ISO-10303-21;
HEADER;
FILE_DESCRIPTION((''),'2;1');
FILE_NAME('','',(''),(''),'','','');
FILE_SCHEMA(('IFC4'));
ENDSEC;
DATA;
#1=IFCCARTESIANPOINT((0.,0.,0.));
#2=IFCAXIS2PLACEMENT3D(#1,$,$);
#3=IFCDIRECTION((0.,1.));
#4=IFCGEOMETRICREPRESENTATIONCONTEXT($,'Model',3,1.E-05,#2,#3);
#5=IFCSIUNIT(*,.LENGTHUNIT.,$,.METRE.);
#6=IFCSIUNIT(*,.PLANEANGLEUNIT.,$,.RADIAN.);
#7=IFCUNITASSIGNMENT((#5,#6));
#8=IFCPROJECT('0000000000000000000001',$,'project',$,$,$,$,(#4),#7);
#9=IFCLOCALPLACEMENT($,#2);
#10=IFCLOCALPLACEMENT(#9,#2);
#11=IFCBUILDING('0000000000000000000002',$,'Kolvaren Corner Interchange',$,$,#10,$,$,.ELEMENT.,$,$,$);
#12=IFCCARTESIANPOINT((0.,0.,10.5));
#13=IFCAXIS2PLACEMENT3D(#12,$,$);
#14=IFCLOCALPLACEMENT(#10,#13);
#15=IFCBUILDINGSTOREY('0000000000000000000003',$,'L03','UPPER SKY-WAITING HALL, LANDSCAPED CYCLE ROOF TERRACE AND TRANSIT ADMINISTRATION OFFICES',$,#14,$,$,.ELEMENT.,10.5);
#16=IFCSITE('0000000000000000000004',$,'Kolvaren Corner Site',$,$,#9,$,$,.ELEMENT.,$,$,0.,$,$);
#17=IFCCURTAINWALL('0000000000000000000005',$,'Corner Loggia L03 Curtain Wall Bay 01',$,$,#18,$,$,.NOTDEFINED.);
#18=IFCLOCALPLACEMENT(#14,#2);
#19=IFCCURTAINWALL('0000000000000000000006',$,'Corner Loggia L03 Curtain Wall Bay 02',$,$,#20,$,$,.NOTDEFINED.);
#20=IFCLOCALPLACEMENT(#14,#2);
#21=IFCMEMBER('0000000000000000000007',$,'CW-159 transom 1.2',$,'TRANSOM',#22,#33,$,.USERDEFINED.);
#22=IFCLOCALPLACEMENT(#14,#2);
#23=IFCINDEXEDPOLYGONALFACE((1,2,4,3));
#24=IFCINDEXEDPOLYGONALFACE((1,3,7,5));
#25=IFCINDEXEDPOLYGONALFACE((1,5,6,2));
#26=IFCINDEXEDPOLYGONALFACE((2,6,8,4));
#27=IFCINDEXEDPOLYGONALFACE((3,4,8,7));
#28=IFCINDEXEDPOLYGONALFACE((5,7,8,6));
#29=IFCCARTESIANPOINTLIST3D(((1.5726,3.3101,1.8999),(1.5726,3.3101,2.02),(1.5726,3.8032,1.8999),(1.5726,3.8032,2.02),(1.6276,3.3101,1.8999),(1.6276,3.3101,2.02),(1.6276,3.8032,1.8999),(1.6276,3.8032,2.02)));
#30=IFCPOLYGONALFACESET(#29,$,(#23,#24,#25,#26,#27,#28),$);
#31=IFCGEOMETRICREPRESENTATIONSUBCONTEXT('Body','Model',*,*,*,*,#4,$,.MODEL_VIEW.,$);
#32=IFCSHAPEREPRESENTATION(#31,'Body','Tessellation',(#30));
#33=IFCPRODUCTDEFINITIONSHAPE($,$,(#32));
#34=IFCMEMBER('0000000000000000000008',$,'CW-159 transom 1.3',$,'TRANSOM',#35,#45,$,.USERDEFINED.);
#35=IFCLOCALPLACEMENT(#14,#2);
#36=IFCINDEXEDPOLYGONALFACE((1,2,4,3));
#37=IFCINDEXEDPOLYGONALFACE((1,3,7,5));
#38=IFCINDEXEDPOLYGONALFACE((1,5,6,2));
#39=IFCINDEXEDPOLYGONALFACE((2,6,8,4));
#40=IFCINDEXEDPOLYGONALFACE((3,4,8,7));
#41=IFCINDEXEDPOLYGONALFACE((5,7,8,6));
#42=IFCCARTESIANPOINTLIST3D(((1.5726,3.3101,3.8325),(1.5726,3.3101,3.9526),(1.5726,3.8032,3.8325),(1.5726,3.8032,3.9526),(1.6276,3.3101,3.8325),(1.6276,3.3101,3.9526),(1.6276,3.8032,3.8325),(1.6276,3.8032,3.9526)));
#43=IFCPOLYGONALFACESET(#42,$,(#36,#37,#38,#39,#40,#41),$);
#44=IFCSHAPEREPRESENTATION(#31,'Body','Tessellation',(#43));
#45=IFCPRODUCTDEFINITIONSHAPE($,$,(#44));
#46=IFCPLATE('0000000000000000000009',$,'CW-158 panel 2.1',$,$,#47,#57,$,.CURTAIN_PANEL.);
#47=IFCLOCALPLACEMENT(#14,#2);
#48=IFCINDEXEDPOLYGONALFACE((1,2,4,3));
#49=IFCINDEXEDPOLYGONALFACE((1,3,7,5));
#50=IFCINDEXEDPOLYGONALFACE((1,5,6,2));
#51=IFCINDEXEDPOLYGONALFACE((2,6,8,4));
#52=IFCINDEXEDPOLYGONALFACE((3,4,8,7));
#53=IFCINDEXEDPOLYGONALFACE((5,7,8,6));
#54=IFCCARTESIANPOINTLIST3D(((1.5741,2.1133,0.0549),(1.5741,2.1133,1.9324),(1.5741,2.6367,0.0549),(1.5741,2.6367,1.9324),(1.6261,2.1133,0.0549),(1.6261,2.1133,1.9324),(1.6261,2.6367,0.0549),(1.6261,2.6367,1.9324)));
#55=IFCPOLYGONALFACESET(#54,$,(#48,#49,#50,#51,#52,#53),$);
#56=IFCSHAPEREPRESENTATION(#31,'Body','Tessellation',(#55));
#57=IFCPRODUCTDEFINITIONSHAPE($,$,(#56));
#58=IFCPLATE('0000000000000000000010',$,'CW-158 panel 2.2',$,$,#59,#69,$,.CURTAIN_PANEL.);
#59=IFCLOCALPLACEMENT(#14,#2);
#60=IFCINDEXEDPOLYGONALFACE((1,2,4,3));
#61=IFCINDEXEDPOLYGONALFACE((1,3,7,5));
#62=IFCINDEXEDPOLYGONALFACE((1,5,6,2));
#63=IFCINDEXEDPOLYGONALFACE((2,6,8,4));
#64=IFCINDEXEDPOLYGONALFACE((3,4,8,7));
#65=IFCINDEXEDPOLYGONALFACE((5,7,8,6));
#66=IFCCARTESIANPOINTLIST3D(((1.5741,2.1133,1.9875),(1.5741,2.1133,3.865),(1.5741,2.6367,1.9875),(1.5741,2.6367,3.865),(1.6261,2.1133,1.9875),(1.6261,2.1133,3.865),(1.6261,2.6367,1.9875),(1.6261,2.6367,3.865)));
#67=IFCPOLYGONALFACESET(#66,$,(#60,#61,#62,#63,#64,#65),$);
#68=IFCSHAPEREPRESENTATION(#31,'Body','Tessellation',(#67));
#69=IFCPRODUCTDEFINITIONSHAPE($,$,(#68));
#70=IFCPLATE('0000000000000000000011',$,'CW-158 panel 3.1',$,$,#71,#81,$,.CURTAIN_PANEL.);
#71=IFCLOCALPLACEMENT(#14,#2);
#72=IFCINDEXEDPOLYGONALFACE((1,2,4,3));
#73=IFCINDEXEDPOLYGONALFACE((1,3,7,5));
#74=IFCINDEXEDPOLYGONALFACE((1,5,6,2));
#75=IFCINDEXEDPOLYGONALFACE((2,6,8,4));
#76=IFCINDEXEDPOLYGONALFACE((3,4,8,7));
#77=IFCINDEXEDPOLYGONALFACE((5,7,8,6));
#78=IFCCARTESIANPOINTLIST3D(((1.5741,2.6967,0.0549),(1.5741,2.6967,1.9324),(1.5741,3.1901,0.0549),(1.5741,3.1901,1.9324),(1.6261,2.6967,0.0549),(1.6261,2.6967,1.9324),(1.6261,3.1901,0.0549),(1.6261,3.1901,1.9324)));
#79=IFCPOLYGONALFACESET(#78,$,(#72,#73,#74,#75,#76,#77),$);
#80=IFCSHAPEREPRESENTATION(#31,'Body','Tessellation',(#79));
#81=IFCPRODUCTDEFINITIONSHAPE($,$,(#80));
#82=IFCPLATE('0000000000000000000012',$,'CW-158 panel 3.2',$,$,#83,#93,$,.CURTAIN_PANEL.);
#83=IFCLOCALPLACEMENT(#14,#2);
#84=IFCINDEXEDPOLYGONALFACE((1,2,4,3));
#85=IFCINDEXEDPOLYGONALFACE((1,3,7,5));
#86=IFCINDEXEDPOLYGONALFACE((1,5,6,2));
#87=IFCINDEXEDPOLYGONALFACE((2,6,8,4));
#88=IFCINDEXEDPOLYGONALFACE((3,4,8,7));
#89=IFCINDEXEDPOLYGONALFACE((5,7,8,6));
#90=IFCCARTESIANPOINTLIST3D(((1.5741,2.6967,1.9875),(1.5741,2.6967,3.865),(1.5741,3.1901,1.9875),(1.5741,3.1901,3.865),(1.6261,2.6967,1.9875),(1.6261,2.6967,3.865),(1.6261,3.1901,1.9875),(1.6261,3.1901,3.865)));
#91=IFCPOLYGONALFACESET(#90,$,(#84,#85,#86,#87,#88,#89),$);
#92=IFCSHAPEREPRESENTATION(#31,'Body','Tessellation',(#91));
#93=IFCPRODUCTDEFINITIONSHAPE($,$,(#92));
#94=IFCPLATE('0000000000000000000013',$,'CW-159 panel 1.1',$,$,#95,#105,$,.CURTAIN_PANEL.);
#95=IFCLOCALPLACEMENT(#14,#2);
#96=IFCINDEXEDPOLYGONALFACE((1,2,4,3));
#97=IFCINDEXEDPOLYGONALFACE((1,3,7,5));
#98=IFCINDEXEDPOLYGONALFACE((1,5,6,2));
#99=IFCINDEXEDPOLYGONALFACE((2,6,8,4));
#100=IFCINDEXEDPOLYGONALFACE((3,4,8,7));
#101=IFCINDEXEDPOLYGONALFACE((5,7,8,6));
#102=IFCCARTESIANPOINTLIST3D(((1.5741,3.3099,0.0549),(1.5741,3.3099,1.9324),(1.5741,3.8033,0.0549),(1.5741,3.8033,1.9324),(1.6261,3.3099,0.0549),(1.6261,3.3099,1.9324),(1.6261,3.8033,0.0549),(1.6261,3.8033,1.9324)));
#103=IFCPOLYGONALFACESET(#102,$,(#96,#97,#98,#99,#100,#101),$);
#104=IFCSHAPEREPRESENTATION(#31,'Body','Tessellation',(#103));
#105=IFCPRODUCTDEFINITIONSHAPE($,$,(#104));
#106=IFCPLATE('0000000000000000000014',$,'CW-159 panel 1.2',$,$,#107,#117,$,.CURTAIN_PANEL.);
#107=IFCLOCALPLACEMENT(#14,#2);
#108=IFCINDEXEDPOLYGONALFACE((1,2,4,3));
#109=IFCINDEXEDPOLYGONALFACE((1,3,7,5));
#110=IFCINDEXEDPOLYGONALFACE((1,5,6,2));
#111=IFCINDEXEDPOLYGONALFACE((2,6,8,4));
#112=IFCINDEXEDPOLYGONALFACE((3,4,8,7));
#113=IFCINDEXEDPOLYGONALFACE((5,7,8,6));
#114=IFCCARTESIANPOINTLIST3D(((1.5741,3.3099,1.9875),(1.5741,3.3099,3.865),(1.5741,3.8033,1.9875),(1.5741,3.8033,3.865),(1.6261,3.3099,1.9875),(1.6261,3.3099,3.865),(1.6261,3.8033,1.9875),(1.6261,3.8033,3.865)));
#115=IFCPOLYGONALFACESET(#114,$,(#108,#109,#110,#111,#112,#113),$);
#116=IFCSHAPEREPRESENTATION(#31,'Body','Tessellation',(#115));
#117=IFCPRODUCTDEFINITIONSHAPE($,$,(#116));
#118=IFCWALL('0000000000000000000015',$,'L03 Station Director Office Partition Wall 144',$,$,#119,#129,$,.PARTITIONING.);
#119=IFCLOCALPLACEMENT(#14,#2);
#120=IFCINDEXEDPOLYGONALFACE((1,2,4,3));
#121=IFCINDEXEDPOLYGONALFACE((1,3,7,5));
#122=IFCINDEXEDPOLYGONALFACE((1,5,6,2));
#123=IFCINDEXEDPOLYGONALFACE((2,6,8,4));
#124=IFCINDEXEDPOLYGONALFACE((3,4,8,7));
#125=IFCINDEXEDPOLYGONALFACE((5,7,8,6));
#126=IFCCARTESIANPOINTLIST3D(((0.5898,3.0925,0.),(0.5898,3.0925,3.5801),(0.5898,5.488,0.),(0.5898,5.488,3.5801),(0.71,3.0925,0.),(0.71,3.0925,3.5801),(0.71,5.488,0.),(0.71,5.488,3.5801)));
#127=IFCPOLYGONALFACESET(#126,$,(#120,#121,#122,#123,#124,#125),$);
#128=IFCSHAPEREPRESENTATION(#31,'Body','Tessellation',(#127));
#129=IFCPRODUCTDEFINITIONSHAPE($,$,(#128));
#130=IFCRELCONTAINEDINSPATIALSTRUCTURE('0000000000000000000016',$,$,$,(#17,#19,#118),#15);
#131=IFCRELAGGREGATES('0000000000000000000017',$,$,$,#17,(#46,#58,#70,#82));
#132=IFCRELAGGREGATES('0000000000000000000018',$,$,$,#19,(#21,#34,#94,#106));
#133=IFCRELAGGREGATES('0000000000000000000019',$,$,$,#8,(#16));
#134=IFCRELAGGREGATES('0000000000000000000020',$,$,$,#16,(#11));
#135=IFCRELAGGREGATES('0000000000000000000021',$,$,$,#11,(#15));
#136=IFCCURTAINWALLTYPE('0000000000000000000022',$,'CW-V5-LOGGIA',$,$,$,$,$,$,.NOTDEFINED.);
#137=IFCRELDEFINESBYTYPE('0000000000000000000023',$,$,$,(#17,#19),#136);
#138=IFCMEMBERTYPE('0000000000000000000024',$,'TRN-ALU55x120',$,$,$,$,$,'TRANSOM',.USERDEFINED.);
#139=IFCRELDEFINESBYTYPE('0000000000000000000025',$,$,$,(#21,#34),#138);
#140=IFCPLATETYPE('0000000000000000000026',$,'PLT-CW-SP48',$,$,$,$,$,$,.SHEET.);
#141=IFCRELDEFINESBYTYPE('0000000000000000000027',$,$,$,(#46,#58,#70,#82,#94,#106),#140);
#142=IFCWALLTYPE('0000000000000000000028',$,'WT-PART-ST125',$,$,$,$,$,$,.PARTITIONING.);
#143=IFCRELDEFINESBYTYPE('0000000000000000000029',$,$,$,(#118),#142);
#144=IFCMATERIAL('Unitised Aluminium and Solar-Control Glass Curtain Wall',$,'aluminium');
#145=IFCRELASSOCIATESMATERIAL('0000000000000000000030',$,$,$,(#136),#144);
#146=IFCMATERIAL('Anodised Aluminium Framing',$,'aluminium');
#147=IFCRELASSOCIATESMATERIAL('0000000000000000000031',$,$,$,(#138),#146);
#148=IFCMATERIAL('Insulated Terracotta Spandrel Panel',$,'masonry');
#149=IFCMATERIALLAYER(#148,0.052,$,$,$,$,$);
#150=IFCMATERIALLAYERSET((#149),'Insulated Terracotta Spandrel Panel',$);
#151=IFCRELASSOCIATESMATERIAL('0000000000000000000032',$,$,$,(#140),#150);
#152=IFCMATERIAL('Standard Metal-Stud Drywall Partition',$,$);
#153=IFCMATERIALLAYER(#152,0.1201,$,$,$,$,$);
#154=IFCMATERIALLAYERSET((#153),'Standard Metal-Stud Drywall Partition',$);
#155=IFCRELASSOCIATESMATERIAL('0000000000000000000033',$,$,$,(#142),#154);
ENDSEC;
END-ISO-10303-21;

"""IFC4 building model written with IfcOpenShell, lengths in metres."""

from ifc_helpers import new_model, si_unit, direction, frame, frame_2d, origin, origin_2d, place, context, subcontext, project, spatial, rectangle, extrude, material, layer, layer_set, material_profile, profile_set, type_object, element, aggregate, save


model = new_model("IFC4")

# Units and contexts
model_context = context("Model", 3, precision=1e-05, world=origin(), true_north=direction((0.0, 1.0)))
body_context = subcontext(model_context, "Body", "Model", "MODEL_VIEW")
ifc_project = project(units=[si_unit("LENGTHUNIT", "METRE"), si_unit("PLANEANGLEUNIT", "RADIAN")], contexts=[model_context])

# Site, building, storey
site_placement = place(None, origin())
site = spatial("IfcSite", under=ifc_project, at=site_placement, Name="Kolvaren Corner Site", CompositionType="ELEMENT", RefElevation=0.0)
building_placement = place(site_placement, origin())
building = spatial("IfcBuilding", under=site, at=building_placement, Name="Kolvaren Corner Interchange", CompositionType="ELEMENT")
storey_placement = place(building_placement, frame((0.0, 0.0, 10.5)))
storey = spatial("IfcBuildingStorey", under=building, at=storey_placement, Name="L03", Description="UPPER SKY-WAITING HALL, LANDSCAPED CYCLE ROOF TERRACE AND TRANSIT ADMINISTRATION OFFICES", CompositionType="ELEMENT", Elevation=10.5)

# Curtain wall
ifc_material_1 = material(Name="Unitised Aluminium and Solar-Control Glass Curtain Wall", Category="aluminium")
curtain_wall_type = type_object("IfcCurtainWallType", Name="CW-V5-LOGGIA", PredefinedType="NOTDEFINED", material=ifc_material_1)
curtain_wall_1_placement = place(storey_placement, origin())
curtain_wall_1 = element("IfcCurtainWall", 1, at=curtain_wall_1_placement, inside=storey, type_object=curtain_wall_type, Name="Corner Loggia L03 Curtain Wall Bay 01", PredefinedType="NOTDEFINED")

# Curtain wall
curtain_wall_2_placement = place(storey_placement, origin())
curtain_wall_2 = element("IfcCurtainWall", 2, at=curtain_wall_2_placement, inside=storey, type_object=curtain_wall_type, Name="Corner Loggia L03 Curtain Wall Bay 02", PredefinedType="NOTDEFINED")

# Members
ifc_material_2 = material(Name="Anodised Aluminium Framing", Category="aluminium")
ifc_material_profile_1 = material_profile(ifc_material_2, rectangle(XDim=0.0549, YDim=0.1201, at=origin_2d()), Name="ALU 55x120")
ifc_profile_set_1 = profile_set([ifc_material_profile_1], Name="Anodised Aluminium Framing")
member_type_1 = type_object("IfcMemberType", Name="TRN-ALU55x120", ElementType="TRANSOM", PredefinedType="USERDEFINED", material=ifc_profile_set_1)
member_1_placement = place(storey_placement, frame((1.6001, 3.3101, 1.96), z_axis=(0.0, 1.0, 0.0), x_axis=(-1.0, 0.0, 0.0)))
member_1 = element("IfcMember", 3, at=member_1_placement, type_object=member_type_1, Name="CW-159 transom 1.2", ObjectType="TRANSOM", PredefinedType="USERDEFINED", context=body_context, shape_type="SweptSolid", body=[
    extrude(rectangle(XDim=0.0549, YDim=0.1201, at=origin_2d()), origin(), (0.0, 0.0, 1.0), 0.4932),
])
member_2_placement = place(storey_placement, frame((1.6001, 3.3101, 3.8926), z_axis=(0.0, 1.0, 0.0), x_axis=(-1.0, 0.0, 0.0)))
member_2 = element("IfcMember", 4, at=member_2_placement, type_object=member_type_1, Name="CW-159 transom 1.3", ObjectType="TRANSOM", PredefinedType="USERDEFINED", context=body_context, shape_type="SweptSolid", body=[
    extrude(rectangle(XDim=0.0549, YDim=0.1201, at=origin_2d()), origin(), (0.0, 0.0, 1.0), 0.4932),
])

# Plates
ifc_material_3 = material(Name="Insulated Terracotta Spandrel Panel", Category="masonry")
ifc_layer_1 = layer(ifc_material_3, 0.052)
ifc_layer_set_1 = layer_set([ifc_layer_1], Name="Insulated Terracotta Spandrel Panel")
plate_type = type_object("IfcPlateType", Name="PLT-CW-SP48", PredefinedType="SHEET", material=ifc_layer_set_1)
plate_1_placement = place(storey_placement, frame((1.6001, 2.375, 0.0549), z_axis=(0.0, 0.0, 1.0), x_axis=(0.0, 1.0, 0.0)))
plate_1 = element("IfcPlate", 5, at=plate_1_placement, type_object=plate_type, Name="CW-158 panel 2.1", PredefinedType="CURTAIN_PANEL", context=body_context, shape_type="SweptSolid", body=[
    extrude(rectangle(XDim=0.5234, YDim=0.052, at=origin_2d()), origin(), (0.0, 0.0, 1.0), 1.8774),
])
plate_2_placement = place(storey_placement, frame((1.6001, 2.375, 1.9875), z_axis=(0.0, 0.0, 1.0), x_axis=(0.0, 1.0, 0.0)))
plate_2 = element("IfcPlate", 6, at=plate_2_placement, type_object=plate_type, Name="CW-158 panel 2.2", PredefinedType="CURTAIN_PANEL", context=body_context, shape_type="SweptSolid", body=[
    extrude(rectangle(XDim=0.5234, YDim=0.052, at=origin_2d()), origin(), (0.0, 0.0, 1.0), 1.8774),
])
plate_3_placement = place(storey_placement, frame((1.6001, 2.9434, 0.0549), z_axis=(0.0, 0.0, 1.0), x_axis=(0.0, 1.0, 0.0)))
plate_3 = element("IfcPlate", 7, at=plate_3_placement, type_object=plate_type, Name="CW-158 panel 3.1", PredefinedType="CURTAIN_PANEL", context=body_context, shape_type="SweptSolid", body=[
    extrude(rectangle(XDim=0.4934, YDim=0.052, at=origin_2d()), origin(), (0.0, 0.0, 1.0), 1.8774),
])
plate_4_placement = place(storey_placement, frame((1.6001, 2.9434, 1.9875), z_axis=(0.0, 0.0, 1.0), x_axis=(0.0, 1.0, 0.0)))
plate_4 = element("IfcPlate", 8, at=plate_4_placement, type_object=plate_type, Name="CW-158 panel 3.2", PredefinedType="CURTAIN_PANEL", context=body_context, shape_type="SweptSolid", body=[
    extrude(rectangle(XDim=0.4934, YDim=0.052, at=origin_2d()), origin(), (0.0, 0.0, 1.0), 1.8774),
])
aggregate(curtain_wall_1, [plate_1, plate_2, plate_3, plate_4])
plate_5_placement = place(storey_placement, frame((1.6001, 3.5566, 0.0549), z_axis=(0.0, 0.0, 1.0), x_axis=(0.0, 1.0, 0.0)))
plate_5 = element("IfcPlate", 9, at=plate_5_placement, type_object=plate_type, Name="CW-159 panel 1.1", PredefinedType="CURTAIN_PANEL", context=body_context, shape_type="SweptSolid", body=[
    extrude(rectangle(XDim=0.4934, YDim=0.052, at=origin_2d()), origin(), (0.0, 0.0, 1.0), 1.8774),
])
plate_6_placement = place(storey_placement, frame((1.6001, 3.5566, 1.9875), z_axis=(0.0, 0.0, 1.0), x_axis=(0.0, 1.0, 0.0)))
plate_6 = element("IfcPlate", 10, at=plate_6_placement, type_object=plate_type, Name="CW-159 panel 1.2", PredefinedType="CURTAIN_PANEL", context=body_context, shape_type="SweptSolid", body=[
    extrude(rectangle(XDim=0.4934, YDim=0.052, at=origin_2d()), origin(), (0.0, 0.0, 1.0), 1.8774),
])
aggregate(curtain_wall_2, [member_1, member_2, plate_5, plate_6])

# Wall
ifc_material_4 = material(Name="Standard Metal-Stud Drywall Partition")
ifc_layer_2 = layer(ifc_material_4, 0.1201)
ifc_layer_set_2 = layer_set([ifc_layer_2], Name="Standard Metal-Stud Drywall Partition")
wall_type = type_object("IfcWallType", Name="WT-PART-ST125", PredefinedType="PARTITIONING", material=ifc_layer_set_2)
wall_placement = place(storey_placement, frame((0.6499, 5.488, 0.0), z_axis=(0.0, 0.0, 1.0), x_axis=(0.0, -1.0, 0.0)))
element("IfcWall", 11, at=wall_placement, inside=storey, type_object=wall_type, Name="L03 Station Director Office Partition Wall 144", PredefinedType="PARTITIONING", context=body_context, shape_type="SweptSolid", body=[
    extrude(rectangle(XDim=2.3955, YDim=0.1201, at=frame_2d((1.1978, 0.0))), origin(), (0.0, 0.0, 1.0), 3.5801),
])

save(model, "model.ifc")
